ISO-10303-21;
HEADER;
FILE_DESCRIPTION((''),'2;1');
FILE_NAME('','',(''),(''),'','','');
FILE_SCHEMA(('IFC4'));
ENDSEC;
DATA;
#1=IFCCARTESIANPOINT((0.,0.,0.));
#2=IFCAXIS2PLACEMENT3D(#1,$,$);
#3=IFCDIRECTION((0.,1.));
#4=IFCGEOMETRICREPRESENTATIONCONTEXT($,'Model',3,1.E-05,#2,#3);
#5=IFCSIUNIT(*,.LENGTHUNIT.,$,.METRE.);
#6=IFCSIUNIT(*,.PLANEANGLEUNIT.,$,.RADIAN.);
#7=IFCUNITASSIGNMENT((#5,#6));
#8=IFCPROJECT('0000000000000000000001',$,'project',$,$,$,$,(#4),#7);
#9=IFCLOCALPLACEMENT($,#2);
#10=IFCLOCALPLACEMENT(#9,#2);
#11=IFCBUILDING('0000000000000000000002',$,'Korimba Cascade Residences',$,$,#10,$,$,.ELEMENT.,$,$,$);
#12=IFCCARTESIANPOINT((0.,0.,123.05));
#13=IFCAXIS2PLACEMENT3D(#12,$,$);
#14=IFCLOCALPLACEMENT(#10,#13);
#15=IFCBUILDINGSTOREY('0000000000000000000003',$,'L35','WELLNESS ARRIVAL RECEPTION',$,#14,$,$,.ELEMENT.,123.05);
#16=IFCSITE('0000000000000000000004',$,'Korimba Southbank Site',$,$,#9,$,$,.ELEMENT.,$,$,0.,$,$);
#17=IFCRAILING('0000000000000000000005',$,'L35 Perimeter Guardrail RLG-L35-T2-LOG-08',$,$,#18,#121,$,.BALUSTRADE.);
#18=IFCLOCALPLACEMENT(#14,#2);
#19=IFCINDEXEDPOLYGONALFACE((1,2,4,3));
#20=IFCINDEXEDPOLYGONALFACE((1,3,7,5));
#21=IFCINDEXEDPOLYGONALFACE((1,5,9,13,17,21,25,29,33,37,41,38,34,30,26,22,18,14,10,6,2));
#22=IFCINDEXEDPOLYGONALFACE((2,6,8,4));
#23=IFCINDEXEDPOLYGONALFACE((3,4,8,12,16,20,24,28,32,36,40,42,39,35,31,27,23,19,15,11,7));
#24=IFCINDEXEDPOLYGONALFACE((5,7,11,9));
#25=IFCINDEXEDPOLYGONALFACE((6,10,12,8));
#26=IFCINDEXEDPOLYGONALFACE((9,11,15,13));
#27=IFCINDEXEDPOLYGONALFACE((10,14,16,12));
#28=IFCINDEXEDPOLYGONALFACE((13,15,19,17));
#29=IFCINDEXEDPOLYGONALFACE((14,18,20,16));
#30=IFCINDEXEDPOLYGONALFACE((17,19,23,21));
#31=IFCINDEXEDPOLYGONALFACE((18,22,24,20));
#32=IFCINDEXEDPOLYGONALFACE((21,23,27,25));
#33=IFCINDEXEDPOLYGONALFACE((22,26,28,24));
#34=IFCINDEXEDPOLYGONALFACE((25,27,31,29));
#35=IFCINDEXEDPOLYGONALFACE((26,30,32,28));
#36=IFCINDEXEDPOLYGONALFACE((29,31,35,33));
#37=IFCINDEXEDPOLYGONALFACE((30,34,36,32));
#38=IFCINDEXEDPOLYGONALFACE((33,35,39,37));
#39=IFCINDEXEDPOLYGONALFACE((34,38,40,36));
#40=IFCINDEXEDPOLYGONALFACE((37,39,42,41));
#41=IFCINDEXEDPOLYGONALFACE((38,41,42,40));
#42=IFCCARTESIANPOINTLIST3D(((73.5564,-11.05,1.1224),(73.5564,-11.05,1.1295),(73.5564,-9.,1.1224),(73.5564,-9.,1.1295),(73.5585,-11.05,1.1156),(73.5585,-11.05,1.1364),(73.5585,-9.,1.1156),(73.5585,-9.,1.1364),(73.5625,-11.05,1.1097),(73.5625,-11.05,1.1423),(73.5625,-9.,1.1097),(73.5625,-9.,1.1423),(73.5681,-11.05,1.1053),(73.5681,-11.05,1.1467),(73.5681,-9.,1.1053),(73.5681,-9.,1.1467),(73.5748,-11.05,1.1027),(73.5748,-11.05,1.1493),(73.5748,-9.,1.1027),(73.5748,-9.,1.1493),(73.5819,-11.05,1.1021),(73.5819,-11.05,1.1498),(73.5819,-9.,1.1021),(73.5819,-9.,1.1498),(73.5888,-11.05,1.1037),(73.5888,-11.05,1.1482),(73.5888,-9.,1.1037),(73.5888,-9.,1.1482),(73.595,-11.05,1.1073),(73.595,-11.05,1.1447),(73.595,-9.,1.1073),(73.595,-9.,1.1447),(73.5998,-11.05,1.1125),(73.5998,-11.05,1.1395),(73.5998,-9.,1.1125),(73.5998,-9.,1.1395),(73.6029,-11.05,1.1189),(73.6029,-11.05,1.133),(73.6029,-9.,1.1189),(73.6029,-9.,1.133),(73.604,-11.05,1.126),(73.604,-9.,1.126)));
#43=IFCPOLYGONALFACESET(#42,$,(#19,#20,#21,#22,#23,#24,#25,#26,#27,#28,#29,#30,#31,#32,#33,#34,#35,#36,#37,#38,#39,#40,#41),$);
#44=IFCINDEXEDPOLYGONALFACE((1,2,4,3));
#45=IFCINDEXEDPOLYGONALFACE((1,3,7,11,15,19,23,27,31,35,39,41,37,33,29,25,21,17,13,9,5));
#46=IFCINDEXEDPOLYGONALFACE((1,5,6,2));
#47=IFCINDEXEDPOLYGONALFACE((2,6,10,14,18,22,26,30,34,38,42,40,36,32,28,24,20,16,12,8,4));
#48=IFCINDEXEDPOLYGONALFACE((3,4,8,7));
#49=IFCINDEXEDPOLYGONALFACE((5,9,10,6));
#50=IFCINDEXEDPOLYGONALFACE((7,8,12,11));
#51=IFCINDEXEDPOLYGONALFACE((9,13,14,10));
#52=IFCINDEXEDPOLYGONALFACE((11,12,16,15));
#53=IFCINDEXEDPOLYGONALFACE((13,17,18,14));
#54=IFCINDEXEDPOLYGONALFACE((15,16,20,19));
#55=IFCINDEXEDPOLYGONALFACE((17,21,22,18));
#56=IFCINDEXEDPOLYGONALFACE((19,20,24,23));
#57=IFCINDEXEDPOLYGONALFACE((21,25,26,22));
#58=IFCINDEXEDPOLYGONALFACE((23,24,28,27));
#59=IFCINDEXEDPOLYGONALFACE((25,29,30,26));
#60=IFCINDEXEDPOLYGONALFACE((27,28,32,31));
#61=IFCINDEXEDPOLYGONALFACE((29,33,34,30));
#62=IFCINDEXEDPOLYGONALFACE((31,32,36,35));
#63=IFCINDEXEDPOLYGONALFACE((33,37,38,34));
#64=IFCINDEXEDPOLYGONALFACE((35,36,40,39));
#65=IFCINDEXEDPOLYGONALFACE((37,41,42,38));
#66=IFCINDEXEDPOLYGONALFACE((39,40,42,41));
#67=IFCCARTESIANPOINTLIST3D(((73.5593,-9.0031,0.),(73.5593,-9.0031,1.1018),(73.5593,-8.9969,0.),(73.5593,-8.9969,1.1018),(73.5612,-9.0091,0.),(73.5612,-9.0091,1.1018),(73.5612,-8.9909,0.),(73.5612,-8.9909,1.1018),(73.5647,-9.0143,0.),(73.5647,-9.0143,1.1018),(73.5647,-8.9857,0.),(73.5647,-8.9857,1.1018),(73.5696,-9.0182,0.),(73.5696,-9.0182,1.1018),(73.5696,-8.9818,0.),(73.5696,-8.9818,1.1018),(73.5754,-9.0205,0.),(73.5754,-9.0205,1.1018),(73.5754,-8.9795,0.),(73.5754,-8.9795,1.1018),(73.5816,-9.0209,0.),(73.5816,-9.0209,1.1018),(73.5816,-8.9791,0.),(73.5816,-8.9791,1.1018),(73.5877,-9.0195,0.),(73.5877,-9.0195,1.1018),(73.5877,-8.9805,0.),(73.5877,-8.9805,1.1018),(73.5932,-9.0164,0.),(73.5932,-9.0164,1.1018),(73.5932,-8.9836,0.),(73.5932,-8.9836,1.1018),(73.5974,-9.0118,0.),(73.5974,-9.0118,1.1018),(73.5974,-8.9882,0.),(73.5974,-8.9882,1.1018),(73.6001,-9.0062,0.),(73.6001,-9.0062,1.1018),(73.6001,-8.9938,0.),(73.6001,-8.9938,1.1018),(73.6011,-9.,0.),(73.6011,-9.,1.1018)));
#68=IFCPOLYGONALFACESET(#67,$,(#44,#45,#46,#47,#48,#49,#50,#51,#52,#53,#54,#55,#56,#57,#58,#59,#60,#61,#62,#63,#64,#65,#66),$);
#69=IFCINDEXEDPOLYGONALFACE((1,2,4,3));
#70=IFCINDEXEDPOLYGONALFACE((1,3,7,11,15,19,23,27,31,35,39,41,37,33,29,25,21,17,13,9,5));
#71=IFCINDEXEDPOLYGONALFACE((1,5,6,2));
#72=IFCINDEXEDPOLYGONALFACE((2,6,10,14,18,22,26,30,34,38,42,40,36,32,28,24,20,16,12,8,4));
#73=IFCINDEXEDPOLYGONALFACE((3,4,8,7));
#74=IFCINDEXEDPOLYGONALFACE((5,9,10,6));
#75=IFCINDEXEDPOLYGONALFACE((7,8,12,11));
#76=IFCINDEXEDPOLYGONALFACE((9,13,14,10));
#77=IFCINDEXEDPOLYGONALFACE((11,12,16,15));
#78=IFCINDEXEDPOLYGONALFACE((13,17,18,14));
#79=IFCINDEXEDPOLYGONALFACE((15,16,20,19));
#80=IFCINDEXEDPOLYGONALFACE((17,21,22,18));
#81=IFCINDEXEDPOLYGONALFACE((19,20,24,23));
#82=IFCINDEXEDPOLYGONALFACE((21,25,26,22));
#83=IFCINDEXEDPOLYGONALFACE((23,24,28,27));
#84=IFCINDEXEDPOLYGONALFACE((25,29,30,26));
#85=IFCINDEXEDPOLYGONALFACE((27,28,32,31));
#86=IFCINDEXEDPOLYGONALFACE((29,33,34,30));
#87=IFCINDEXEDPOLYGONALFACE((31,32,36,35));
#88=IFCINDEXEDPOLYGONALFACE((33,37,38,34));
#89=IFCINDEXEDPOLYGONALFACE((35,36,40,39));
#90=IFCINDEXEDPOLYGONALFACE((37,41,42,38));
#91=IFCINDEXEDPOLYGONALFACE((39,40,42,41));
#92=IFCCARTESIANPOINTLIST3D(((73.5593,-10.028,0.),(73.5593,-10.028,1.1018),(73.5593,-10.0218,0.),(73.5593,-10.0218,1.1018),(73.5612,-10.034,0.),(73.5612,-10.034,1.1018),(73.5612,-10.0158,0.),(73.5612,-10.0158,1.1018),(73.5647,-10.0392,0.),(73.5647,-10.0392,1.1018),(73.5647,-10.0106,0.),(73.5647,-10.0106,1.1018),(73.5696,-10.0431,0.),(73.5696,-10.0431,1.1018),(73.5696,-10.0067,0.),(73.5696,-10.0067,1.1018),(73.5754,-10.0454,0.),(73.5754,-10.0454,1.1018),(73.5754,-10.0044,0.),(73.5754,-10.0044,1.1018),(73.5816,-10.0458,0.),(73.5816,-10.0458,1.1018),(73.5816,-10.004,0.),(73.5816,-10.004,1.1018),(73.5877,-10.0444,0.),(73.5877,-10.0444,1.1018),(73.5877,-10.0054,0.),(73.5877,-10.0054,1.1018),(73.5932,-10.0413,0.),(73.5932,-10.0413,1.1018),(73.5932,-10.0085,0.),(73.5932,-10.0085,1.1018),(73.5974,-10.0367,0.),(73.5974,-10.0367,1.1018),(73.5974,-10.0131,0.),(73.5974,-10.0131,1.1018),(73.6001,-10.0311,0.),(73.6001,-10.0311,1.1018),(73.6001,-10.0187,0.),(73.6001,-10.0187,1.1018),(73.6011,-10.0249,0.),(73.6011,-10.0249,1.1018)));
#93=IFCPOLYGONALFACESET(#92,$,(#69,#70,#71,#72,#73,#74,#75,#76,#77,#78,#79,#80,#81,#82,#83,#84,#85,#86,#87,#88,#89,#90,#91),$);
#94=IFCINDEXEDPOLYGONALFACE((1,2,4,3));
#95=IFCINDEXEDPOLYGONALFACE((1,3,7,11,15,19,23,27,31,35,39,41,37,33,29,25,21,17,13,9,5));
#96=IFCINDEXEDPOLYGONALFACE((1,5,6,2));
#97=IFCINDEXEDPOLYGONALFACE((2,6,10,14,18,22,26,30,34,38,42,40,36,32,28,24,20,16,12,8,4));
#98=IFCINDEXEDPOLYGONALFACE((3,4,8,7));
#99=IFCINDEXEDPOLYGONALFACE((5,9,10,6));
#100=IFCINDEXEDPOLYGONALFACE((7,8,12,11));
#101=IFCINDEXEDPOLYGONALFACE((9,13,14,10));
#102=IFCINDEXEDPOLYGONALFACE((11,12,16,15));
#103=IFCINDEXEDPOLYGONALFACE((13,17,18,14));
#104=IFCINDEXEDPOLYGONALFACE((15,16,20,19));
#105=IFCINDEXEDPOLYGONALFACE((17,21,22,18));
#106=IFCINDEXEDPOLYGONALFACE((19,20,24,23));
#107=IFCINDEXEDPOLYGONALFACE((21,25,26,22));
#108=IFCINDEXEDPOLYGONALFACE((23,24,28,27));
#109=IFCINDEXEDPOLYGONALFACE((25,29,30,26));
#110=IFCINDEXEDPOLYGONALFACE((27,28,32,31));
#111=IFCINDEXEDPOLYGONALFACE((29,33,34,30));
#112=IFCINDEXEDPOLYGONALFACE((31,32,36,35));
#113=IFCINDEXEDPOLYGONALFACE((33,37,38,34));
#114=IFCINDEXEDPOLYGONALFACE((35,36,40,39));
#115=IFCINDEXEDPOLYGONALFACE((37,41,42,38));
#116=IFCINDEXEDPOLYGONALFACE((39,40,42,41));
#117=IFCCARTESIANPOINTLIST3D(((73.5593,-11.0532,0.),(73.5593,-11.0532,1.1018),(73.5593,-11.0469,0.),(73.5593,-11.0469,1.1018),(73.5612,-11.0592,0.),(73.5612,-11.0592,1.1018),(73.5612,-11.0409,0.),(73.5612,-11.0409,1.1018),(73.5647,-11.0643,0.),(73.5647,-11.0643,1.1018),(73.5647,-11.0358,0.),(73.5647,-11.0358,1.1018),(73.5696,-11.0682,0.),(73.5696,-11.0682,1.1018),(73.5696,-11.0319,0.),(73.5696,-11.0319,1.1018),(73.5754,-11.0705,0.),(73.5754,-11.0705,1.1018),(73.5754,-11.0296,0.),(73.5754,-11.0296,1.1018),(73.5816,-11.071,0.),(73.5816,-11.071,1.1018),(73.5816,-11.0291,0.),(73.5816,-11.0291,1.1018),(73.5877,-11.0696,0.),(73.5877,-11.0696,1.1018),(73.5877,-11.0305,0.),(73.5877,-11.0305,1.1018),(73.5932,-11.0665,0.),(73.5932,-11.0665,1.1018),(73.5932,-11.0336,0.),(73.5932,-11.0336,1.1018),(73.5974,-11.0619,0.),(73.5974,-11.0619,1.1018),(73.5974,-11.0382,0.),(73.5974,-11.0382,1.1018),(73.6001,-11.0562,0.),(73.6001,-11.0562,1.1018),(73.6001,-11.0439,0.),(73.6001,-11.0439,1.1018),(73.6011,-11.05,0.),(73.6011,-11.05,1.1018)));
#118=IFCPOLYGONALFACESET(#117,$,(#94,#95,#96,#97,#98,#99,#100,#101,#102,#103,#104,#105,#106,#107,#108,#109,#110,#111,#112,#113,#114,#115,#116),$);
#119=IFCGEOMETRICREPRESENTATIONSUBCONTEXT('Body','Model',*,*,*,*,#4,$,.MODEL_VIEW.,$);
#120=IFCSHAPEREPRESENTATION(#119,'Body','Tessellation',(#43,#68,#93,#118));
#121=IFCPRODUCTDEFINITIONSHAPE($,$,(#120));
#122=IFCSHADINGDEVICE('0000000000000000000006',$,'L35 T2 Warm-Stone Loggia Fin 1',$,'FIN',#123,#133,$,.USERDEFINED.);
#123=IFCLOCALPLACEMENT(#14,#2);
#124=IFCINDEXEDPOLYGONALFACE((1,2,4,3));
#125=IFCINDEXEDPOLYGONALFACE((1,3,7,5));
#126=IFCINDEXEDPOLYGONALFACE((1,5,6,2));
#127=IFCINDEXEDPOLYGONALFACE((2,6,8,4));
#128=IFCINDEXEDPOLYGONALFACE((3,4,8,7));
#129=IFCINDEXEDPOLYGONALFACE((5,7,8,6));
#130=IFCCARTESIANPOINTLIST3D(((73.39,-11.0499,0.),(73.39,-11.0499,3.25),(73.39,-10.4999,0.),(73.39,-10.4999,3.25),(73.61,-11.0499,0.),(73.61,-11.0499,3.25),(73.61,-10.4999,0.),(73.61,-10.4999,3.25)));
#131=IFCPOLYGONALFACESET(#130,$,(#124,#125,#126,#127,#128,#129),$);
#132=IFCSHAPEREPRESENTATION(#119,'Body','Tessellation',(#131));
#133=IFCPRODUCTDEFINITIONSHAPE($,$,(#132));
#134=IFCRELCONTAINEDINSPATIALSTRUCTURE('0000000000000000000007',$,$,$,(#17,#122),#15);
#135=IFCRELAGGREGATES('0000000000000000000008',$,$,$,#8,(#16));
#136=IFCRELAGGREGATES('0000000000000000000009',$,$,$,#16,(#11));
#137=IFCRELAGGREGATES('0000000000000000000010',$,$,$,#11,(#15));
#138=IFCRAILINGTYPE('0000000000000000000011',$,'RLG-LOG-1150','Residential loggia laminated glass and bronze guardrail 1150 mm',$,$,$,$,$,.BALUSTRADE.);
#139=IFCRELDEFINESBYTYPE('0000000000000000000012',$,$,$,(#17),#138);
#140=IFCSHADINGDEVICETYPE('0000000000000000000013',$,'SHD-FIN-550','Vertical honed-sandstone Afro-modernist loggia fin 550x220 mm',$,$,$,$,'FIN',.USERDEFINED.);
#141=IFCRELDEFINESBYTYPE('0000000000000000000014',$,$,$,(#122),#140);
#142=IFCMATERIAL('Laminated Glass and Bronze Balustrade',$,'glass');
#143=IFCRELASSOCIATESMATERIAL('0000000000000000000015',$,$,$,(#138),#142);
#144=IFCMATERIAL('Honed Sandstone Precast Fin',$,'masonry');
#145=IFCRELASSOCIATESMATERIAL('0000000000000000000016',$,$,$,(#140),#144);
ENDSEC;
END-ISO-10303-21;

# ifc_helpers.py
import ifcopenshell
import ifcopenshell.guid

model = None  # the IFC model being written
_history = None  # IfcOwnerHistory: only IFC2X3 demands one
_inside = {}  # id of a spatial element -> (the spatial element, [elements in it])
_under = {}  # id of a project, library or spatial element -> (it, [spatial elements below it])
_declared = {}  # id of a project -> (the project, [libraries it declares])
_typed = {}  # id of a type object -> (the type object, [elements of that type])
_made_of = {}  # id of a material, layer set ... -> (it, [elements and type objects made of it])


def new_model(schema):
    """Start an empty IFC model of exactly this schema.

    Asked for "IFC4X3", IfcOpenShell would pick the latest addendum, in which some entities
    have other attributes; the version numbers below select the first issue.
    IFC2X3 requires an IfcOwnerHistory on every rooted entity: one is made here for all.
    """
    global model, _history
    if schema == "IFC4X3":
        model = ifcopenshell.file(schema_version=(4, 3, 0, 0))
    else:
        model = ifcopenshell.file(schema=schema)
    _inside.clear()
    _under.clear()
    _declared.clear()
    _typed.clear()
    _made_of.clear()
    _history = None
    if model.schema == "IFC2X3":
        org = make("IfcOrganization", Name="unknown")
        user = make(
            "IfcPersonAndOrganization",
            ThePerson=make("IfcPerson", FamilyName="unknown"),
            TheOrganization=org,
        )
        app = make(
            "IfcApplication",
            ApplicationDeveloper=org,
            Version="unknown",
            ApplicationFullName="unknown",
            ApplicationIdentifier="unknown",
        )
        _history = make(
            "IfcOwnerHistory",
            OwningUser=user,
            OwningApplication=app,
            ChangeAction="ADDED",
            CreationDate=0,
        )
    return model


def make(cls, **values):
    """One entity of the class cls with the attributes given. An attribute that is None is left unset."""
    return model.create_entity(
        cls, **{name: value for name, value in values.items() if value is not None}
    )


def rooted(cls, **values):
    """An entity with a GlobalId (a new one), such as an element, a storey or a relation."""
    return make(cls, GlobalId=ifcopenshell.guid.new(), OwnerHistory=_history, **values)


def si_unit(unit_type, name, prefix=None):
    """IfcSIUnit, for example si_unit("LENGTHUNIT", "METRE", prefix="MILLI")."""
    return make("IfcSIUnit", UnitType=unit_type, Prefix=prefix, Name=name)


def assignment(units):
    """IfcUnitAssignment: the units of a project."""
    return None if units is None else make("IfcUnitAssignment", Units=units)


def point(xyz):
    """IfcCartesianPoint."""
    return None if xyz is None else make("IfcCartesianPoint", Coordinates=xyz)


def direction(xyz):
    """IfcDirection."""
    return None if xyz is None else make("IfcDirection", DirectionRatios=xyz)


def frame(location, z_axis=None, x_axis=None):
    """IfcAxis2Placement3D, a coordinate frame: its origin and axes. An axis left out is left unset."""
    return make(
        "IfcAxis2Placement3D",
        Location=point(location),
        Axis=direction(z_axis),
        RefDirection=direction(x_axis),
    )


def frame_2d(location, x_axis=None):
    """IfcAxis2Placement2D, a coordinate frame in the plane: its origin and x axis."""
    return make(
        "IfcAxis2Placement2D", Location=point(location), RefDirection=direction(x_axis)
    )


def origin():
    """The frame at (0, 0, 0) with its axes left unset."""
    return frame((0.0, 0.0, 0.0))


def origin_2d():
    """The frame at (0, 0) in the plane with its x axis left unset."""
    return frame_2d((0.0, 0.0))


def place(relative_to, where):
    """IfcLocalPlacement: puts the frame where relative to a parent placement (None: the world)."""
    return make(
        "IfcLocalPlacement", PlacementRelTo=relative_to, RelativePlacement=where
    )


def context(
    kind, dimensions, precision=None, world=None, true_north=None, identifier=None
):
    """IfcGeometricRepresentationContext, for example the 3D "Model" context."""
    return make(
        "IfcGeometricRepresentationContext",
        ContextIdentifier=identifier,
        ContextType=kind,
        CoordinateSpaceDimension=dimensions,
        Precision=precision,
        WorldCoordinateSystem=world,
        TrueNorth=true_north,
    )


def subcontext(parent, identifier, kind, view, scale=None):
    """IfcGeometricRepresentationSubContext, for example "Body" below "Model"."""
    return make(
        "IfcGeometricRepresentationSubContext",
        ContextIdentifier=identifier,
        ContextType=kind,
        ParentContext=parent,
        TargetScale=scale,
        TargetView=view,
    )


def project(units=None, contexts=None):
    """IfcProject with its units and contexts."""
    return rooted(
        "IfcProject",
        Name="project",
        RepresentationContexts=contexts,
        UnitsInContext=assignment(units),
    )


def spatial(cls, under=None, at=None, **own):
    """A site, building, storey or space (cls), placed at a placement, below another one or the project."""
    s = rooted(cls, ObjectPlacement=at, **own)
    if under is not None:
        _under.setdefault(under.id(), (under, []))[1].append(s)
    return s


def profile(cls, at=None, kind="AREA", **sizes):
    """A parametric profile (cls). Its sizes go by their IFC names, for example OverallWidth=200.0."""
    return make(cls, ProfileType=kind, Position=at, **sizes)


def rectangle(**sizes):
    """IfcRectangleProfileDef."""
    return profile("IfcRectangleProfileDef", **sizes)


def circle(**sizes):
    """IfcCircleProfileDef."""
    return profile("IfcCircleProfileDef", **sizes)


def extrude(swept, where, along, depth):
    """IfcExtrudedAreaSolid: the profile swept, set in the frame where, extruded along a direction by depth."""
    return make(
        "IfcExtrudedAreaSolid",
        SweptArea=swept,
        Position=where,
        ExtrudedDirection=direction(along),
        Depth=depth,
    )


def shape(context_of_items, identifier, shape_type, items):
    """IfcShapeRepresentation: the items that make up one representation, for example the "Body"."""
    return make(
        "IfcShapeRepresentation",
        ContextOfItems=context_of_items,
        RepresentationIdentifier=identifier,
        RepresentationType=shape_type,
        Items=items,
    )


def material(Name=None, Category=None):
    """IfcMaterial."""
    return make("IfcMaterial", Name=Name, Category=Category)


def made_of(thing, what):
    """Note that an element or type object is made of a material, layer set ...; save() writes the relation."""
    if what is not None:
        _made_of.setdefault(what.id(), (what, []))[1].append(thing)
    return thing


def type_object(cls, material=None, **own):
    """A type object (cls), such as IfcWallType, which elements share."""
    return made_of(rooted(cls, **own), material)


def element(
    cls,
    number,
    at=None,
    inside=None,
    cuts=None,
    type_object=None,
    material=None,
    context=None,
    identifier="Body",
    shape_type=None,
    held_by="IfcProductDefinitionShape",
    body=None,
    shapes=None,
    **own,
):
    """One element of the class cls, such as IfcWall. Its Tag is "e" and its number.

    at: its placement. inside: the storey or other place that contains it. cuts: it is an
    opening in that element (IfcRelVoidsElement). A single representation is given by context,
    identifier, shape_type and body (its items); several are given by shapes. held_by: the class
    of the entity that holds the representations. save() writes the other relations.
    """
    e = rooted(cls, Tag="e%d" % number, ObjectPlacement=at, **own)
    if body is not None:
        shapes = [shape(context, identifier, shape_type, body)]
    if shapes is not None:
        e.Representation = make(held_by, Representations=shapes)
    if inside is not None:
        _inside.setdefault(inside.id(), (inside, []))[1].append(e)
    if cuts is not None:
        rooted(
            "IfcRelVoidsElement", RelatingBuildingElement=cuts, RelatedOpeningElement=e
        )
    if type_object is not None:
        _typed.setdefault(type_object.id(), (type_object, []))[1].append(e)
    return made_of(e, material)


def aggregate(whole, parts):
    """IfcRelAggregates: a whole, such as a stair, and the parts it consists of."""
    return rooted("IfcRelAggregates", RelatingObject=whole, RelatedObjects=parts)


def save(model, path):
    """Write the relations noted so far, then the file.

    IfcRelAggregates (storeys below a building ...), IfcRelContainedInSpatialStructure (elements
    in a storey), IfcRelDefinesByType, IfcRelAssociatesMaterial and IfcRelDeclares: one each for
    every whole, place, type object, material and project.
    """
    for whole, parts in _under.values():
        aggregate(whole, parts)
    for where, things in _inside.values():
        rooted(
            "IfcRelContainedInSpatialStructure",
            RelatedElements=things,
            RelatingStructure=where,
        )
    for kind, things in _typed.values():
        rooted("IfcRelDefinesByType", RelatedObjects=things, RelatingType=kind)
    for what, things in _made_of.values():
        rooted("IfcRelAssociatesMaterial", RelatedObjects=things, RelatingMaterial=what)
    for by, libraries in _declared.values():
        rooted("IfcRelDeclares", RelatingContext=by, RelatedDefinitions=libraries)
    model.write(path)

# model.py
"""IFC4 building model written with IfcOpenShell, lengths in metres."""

from ifc_helpers import new_model, si_unit, direction, frame, origin, origin_2d, place, context, subcontext, project, spatial, rectangle, circle, extrude, material, type_object, element, save


model = new_model("IFC4")

# Units and contexts
model_context = context("Model", 3, precision=1e-05, world=origin(), true_north=direction((0.0, 1.0)))
body_context = subcontext(model_context, "Body", "Model", "MODEL_VIEW")
ifc_project = project(units=[si_unit("LENGTHUNIT", "METRE"), si_unit("PLANEANGLEUNIT", "RADIAN")], contexts=[model_context])

# Site, building, storey
site_placement = place(None, origin())
site = spatial("IfcSite", under=ifc_project, at=site_placement, Name="Korimba Southbank Site", CompositionType="ELEMENT", RefElevation=0.0)
building_placement = place(site_placement, origin())
building = spatial("IfcBuilding", under=site, at=building_placement, Name="Korimba Cascade Residences", CompositionType="ELEMENT")
storey_placement = place(building_placement, frame((0.0, 0.0, 123.05)))
storey = spatial("IfcBuildingStorey", under=building, at=storey_placement, Name="L35", Description="WELLNESS ARRIVAL RECEPTION", CompositionType="ELEMENT", Elevation=123.05)

# Railing
ifc_material_1 = material(Name="Laminated Glass and Bronze Balustrade", Category="glass")
railing_type = type_object("IfcRailingType", Name="RLG-LOG-1150", Description="Residential loggia laminated glass and bronze guardrail 1150 mm", PredefinedType="BALUSTRADE", material=ifc_material_1)
railing_placement = place(storey_placement, frame((73.5801, -9.0, 0.0)))
element("IfcRailing", 1, at=railing_placement, inside=storey, type_object=railing_type, Name="L35 Perimeter Guardrail RLG-L35-T2-LOG-08", PredefinedType="BALUSTRADE", context=body_context, shape_type="SweptSolid", body=[
    extrude(circle(Radius=0.0239, at=origin_2d()), frame((0.0, 0.0, 1.126), z_axis=(0.0, -1.0, 0.0), x_axis=(1.0, 0.0, 0.0)), (0.0, 0.0, 1.0), 2.05),
    extrude(circle(Radius=0.021, at=origin_2d()), origin(), (0.0, 0.0, 1.0), 1.1018),
    extrude(circle(Radius=0.021, at=origin_2d()), frame((0.0, -1.0249, 0.0)), (0.0, 0.0, 1.0), 1.1018),
    extrude(circle(Radius=0.021, at=origin_2d()), frame((0.0, -2.05, 0.0)), (0.0, 0.0, 1.0), 1.1018),
])

# Shading device
ifc_material_2 = material(Name="Honed Sandstone Precast Fin", Category="masonry")
shading_device_type = type_object("IfcShadingDeviceType", Name="SHD-FIN-550", Description="Vertical honed-sandstone Afro-modernist loggia fin 550x220 mm", ElementType="FIN", PredefinedType="USERDEFINED", material=ifc_material_2)
shading_device_placement = place(storey_placement, frame((73.5, -10.7749, 0.0), z_axis=(0.0, 0.0, 1.0), x_axis=(1.0, 0.0, 0.0)))
element("IfcShadingDevice", 2, at=shading_device_placement, inside=storey, type_object=shading_device_type, Name="L35 T2 Warm-Stone Loggia Fin 1", ObjectType="FIN", PredefinedType="USERDEFINED", context=body_context, shape_type="SweptSolid", body=[
    extrude(rectangle(XDim=0.22, YDim=0.55, at=origin_2d()), origin(), (0.0, 0.0, 1.0), 3.25),
])

save(model, "model.ifc")
